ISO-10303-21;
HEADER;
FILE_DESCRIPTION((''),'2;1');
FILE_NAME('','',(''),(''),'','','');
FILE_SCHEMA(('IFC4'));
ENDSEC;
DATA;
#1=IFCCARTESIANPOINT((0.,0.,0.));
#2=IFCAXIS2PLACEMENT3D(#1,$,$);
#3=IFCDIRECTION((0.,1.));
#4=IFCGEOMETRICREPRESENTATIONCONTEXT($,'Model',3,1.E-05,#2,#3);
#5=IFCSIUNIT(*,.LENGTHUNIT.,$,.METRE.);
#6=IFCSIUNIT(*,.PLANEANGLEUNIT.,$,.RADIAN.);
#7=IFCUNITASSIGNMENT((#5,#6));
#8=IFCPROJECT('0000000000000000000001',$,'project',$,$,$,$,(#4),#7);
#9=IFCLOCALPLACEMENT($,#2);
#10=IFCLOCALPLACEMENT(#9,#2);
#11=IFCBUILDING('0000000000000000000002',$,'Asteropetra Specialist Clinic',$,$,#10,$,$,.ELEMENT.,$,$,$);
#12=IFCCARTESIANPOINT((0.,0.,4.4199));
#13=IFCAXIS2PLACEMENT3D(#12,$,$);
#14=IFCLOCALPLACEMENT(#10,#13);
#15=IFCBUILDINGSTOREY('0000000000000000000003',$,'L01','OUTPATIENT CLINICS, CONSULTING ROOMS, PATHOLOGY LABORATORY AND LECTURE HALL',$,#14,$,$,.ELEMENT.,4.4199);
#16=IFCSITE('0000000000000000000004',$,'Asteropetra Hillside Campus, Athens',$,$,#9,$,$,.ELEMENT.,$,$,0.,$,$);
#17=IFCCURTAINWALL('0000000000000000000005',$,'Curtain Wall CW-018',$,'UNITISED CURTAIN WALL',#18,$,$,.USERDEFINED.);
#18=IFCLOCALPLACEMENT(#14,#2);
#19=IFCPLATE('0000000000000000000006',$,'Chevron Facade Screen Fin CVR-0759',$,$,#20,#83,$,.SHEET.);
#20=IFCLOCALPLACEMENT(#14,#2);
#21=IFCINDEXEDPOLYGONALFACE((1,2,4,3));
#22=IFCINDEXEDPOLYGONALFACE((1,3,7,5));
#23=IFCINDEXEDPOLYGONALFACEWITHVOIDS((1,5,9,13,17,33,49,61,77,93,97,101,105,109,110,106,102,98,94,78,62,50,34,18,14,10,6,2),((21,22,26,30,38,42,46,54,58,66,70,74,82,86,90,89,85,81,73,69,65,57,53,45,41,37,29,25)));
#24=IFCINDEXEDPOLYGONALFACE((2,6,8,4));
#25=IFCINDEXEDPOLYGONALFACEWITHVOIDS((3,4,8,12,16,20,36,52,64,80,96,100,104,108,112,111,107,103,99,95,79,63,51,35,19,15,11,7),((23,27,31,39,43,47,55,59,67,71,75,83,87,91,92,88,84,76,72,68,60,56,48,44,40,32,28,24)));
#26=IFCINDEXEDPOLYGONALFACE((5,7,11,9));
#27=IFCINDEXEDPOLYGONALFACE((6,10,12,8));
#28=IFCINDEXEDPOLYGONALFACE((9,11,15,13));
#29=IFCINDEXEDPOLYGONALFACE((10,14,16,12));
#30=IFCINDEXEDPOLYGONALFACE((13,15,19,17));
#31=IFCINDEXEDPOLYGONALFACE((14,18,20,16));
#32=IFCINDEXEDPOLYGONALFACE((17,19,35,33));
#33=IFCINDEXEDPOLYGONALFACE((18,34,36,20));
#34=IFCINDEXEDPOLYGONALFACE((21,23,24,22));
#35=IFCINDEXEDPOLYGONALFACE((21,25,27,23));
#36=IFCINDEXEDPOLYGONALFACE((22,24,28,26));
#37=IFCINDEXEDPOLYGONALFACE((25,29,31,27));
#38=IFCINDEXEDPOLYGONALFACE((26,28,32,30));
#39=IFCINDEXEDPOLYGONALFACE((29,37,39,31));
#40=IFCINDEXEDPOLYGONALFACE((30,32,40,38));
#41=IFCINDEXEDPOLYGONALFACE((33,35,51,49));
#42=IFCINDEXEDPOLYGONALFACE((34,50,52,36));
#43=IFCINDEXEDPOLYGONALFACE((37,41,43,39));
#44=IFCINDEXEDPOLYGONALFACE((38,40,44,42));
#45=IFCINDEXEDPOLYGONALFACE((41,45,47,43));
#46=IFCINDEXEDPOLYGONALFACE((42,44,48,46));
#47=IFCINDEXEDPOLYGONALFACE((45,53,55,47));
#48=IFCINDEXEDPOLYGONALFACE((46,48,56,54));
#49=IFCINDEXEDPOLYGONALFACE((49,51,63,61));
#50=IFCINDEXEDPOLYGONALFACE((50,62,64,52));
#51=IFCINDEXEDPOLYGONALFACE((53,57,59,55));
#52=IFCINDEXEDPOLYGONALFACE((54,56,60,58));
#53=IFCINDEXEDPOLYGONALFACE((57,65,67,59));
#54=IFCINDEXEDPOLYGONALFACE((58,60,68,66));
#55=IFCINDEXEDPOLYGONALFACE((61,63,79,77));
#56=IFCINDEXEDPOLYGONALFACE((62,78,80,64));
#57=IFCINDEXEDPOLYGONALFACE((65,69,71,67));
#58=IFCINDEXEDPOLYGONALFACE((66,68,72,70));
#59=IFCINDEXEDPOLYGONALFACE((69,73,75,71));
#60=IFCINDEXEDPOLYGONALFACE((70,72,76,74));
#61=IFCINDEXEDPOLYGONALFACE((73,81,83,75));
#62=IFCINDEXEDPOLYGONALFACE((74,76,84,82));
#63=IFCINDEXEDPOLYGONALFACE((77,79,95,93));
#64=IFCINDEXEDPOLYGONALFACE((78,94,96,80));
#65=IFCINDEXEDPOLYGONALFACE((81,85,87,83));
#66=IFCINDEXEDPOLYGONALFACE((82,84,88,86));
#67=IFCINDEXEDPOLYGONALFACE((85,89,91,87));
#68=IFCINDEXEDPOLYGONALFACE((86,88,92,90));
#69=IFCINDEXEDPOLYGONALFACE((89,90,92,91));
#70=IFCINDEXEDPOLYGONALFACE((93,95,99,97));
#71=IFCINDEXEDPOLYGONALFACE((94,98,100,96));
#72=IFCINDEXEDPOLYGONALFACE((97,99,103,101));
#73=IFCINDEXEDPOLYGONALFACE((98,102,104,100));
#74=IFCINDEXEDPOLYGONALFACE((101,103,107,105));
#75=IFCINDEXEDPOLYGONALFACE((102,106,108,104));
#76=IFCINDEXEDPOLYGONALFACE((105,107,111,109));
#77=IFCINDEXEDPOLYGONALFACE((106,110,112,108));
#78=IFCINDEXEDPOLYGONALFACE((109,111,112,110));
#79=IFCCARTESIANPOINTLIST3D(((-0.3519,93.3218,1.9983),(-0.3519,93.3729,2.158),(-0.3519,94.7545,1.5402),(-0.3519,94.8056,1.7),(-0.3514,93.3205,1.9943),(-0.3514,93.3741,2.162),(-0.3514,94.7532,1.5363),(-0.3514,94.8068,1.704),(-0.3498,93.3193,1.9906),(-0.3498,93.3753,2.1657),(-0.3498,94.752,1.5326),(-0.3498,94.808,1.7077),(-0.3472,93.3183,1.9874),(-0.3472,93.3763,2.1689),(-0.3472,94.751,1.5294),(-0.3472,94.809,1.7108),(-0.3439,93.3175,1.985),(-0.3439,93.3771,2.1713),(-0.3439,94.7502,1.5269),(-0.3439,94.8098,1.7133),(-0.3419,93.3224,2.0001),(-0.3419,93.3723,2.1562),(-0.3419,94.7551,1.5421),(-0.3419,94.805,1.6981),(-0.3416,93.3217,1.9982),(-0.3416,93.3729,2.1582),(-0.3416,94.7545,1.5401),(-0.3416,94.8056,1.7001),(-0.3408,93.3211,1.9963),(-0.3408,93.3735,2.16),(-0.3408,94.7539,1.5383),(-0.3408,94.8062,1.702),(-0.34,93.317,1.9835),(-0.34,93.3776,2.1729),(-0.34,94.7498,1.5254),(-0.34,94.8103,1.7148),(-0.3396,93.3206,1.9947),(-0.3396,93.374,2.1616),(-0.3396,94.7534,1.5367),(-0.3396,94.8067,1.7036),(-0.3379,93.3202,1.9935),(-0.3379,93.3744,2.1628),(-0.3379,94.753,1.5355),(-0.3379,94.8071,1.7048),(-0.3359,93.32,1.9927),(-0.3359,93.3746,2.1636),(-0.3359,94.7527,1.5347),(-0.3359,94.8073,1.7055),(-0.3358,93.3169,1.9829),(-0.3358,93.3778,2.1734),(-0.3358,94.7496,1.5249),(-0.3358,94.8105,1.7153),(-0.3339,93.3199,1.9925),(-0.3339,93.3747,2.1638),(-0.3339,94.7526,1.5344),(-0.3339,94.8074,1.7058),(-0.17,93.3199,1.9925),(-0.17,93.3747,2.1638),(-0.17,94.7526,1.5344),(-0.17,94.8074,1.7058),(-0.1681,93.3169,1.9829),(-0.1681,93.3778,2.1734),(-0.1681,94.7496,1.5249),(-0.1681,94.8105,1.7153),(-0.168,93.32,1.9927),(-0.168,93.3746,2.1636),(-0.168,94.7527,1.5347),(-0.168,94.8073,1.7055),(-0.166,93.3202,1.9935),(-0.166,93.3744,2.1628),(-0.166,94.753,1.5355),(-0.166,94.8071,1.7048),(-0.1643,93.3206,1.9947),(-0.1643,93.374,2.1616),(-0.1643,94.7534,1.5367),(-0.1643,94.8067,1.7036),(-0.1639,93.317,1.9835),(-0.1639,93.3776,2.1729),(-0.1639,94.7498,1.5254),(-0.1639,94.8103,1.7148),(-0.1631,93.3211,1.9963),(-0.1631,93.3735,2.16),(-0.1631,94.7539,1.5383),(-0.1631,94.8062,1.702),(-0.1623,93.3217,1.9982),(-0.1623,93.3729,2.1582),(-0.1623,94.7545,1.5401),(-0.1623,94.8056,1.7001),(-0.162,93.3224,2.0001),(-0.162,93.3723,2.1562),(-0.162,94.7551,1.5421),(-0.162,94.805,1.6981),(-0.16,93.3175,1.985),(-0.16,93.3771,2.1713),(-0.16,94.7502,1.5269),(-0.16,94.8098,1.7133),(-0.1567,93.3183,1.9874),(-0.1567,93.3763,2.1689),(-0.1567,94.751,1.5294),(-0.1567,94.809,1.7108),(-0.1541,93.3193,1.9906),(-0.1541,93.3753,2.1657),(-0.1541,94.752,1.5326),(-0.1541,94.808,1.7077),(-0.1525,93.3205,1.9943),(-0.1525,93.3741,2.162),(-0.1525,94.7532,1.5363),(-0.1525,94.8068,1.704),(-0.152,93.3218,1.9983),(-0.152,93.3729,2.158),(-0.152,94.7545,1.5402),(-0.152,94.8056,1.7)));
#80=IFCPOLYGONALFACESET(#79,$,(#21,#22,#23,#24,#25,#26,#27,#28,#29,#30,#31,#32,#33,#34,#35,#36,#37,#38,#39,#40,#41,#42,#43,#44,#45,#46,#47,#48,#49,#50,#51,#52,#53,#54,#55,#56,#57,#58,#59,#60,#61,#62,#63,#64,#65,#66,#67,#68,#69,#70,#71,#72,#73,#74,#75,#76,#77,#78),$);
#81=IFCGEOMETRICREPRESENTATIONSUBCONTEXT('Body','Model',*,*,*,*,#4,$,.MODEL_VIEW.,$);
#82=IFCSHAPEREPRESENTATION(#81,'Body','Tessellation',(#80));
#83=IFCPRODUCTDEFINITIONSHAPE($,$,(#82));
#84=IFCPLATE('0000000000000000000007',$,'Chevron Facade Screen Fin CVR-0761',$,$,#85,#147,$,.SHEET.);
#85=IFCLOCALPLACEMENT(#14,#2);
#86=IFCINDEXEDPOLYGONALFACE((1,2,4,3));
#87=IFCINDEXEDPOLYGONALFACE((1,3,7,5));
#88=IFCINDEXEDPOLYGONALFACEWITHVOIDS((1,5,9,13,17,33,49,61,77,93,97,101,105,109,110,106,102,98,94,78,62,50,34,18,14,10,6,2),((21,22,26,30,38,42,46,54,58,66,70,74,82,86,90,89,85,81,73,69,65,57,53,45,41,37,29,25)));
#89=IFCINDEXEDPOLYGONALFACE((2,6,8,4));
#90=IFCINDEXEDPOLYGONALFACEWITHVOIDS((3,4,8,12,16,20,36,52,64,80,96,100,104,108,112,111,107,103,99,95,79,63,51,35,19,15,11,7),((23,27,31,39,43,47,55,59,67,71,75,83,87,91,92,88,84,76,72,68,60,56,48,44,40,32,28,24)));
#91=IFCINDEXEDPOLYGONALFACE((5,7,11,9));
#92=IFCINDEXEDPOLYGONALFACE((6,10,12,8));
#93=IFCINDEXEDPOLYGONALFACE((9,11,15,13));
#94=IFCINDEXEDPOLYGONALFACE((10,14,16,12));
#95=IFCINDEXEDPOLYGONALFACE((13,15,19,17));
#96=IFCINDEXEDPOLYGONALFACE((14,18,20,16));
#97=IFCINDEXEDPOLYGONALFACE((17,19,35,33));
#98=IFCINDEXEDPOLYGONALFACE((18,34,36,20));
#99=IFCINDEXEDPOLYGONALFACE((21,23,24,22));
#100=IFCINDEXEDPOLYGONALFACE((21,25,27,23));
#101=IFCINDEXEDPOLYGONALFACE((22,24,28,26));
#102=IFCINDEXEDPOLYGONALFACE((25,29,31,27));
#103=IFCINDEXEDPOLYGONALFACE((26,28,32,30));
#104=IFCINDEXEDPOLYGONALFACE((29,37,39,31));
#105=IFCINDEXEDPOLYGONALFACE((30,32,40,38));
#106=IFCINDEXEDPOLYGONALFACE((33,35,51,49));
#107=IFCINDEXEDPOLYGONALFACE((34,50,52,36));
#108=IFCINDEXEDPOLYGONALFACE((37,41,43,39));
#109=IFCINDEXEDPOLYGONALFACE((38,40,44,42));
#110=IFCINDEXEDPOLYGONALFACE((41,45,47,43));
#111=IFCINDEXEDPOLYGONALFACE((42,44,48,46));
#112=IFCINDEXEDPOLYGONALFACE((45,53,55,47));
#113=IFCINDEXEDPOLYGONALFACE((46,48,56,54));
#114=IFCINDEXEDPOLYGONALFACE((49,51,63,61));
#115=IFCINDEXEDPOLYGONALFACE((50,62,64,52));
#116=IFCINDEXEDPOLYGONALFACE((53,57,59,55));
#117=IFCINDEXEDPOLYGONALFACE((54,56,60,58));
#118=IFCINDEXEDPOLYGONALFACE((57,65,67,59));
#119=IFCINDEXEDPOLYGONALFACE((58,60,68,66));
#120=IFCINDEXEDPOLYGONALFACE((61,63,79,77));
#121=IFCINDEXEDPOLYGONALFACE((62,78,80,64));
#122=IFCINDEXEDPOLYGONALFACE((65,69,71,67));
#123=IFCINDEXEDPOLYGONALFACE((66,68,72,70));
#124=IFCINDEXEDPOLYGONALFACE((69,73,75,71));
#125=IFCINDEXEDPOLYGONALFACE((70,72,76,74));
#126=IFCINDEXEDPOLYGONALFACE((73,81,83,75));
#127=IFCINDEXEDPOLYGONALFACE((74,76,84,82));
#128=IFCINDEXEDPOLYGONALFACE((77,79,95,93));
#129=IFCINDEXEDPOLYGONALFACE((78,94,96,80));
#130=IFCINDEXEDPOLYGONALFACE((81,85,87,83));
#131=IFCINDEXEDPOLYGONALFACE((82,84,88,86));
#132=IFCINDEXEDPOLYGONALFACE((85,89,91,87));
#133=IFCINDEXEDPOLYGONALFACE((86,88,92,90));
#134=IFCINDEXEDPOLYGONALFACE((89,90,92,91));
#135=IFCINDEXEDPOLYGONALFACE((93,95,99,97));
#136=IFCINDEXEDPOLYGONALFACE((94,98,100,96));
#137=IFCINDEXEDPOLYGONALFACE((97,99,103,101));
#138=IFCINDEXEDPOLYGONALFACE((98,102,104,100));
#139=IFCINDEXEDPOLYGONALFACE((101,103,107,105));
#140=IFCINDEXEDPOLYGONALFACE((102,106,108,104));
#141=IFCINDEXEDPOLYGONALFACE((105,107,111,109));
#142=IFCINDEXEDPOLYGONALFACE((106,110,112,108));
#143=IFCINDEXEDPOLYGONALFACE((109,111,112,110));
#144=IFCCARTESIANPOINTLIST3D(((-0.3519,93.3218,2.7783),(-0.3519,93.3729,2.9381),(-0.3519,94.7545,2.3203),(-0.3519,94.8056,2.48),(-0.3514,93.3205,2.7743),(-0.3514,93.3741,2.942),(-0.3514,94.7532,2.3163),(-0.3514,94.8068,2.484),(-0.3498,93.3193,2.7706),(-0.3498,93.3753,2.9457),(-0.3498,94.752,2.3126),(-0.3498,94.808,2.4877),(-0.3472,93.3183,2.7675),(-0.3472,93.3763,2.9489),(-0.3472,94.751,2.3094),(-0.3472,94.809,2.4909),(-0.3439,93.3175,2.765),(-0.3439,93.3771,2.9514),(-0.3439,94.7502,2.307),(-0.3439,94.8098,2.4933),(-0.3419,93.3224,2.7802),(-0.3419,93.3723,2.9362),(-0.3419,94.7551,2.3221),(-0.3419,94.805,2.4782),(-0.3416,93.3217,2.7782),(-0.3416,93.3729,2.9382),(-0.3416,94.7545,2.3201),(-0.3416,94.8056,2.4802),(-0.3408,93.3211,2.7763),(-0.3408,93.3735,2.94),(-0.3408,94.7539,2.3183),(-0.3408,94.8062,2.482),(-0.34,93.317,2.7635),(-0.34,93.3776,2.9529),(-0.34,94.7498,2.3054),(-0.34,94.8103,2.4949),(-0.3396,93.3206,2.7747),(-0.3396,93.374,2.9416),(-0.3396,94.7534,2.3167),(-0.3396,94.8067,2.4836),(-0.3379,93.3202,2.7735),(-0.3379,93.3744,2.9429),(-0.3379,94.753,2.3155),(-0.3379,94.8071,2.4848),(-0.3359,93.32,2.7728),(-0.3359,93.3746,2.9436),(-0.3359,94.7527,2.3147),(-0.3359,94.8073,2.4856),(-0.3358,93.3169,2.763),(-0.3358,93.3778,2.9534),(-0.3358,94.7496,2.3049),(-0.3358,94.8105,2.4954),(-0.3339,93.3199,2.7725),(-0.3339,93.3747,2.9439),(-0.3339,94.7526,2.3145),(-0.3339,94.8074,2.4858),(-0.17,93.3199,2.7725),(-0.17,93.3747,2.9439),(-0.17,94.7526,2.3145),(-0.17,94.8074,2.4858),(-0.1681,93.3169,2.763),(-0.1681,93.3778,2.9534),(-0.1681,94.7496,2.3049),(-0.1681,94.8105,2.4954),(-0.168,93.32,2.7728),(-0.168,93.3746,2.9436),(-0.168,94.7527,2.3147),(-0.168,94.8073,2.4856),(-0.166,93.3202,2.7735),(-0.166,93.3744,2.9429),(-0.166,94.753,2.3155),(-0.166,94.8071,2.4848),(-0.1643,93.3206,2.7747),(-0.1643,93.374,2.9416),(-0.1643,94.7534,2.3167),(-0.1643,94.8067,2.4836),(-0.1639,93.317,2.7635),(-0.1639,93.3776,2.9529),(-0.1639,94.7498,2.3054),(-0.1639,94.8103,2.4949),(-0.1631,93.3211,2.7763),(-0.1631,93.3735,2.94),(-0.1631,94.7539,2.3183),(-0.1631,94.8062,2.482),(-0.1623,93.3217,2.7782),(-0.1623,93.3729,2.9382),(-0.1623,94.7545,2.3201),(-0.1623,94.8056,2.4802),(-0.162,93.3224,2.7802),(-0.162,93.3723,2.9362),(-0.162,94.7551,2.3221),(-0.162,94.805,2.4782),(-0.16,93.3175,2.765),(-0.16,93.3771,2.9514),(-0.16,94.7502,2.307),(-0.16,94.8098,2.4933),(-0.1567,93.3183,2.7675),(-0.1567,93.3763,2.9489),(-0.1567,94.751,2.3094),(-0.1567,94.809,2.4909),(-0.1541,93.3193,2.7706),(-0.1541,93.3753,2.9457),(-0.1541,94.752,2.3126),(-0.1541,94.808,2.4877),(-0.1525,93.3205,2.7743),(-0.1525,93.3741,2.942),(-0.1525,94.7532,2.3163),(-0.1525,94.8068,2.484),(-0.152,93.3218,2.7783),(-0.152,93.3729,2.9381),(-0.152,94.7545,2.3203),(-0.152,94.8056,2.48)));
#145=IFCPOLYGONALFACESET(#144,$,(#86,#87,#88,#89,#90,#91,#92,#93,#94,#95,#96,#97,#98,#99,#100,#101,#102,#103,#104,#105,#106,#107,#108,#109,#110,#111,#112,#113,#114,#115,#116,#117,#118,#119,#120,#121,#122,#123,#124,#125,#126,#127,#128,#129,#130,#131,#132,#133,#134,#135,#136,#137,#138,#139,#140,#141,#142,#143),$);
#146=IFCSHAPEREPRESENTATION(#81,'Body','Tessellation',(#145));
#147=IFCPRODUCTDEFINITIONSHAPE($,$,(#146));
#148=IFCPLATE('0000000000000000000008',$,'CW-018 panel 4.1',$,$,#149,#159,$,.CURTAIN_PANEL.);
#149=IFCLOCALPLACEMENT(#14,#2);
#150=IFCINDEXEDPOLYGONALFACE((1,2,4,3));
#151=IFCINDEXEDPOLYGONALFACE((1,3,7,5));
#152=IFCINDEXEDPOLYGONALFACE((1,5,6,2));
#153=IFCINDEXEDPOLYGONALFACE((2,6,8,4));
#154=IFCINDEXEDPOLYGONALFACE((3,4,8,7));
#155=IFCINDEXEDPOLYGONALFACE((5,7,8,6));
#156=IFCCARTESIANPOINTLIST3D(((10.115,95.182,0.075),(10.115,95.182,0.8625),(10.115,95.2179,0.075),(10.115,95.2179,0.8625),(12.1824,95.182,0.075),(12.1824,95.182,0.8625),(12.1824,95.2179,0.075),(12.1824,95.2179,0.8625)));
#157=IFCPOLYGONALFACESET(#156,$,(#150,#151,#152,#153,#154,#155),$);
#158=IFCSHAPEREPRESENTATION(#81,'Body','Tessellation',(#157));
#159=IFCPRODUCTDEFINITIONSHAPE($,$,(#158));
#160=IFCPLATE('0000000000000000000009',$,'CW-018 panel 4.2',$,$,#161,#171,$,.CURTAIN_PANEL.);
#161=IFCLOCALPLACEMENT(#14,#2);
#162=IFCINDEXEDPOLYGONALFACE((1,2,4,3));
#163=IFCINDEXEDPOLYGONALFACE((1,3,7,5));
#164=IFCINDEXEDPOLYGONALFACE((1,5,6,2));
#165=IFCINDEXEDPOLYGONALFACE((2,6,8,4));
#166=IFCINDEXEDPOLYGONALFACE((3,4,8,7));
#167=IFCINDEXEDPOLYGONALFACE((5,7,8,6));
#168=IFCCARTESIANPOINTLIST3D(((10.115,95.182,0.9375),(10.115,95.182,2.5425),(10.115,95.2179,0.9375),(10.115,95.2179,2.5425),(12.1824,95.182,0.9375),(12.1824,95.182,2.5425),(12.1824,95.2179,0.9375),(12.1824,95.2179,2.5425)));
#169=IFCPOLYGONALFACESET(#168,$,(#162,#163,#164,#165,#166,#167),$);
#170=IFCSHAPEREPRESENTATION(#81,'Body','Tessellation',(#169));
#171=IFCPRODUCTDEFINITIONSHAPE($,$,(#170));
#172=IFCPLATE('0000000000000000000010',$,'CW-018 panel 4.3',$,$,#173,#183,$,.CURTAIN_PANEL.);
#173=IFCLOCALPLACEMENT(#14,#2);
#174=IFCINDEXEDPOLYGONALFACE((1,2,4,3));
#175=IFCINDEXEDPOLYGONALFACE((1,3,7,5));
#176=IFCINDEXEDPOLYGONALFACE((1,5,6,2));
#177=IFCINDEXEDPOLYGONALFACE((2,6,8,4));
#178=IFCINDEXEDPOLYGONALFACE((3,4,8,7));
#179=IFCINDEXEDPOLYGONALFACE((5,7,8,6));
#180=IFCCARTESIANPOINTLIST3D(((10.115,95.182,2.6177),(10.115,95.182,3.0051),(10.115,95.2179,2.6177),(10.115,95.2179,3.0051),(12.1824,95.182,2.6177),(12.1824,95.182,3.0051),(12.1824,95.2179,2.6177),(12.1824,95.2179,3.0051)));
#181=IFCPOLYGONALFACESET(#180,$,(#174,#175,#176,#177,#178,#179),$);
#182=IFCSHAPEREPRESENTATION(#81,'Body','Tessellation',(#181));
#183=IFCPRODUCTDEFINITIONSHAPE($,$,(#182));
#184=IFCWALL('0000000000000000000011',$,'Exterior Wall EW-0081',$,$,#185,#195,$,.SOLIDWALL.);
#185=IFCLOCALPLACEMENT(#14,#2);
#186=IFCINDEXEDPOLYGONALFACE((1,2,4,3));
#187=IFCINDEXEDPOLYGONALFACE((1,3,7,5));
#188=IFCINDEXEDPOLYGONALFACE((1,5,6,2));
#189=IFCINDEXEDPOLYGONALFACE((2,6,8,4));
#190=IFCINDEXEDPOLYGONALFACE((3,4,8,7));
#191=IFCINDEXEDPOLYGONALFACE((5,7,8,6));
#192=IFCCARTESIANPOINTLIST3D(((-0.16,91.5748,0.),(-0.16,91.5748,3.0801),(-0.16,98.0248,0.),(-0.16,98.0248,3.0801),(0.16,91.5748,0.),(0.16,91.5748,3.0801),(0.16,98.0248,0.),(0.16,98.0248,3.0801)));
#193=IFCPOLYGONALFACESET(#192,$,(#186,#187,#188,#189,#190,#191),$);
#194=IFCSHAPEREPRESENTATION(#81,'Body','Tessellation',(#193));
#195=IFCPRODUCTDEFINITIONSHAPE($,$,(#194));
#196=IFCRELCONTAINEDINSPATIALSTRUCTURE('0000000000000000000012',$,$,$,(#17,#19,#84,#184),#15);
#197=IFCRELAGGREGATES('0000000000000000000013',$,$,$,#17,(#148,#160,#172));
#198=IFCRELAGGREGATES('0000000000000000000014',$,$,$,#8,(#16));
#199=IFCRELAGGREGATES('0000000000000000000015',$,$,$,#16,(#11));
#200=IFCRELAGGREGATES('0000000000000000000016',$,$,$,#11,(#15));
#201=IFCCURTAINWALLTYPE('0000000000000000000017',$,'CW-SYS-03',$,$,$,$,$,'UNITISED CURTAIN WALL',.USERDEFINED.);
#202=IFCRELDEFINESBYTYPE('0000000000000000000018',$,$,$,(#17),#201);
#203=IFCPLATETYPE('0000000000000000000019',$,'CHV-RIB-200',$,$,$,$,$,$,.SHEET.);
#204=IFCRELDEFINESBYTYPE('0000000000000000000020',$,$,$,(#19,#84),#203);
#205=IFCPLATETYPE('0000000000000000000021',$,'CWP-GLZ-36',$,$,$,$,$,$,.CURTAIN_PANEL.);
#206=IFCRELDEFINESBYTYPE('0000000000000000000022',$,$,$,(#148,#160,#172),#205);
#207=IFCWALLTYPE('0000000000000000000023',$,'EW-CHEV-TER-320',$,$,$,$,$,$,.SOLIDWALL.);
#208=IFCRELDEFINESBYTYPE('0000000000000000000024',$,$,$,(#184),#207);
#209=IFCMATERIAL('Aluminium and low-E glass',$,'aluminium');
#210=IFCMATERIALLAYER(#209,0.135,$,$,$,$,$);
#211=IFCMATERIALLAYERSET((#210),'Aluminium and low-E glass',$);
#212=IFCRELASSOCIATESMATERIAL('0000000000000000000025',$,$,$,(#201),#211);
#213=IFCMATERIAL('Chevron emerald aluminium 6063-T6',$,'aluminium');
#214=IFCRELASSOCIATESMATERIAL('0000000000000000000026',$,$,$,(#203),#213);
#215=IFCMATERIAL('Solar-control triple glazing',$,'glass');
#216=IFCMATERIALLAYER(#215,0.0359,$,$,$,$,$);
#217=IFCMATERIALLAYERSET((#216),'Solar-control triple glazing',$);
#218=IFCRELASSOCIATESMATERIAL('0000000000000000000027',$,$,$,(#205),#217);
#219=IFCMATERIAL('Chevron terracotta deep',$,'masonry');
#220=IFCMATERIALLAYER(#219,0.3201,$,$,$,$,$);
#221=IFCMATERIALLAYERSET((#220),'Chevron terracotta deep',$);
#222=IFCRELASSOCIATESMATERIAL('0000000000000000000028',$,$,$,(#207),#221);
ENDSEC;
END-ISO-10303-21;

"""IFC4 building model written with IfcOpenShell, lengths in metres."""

from ifc_helpers import new_model, si_unit, direction, frame, frame_2d, origin, origin_2d, place, context, subcontext, project, spatial, rectangle, hollow_rectangle, extrude, material, layer, layer_set, material_profile, profile_set, type_object, element, aggregate, save


model = new_model("IFC4")

# Units and contexts
model_context = context("Model", 3, precision=1e-05, world=origin(), true_north=direction((0.0, 1.0)))
body_context = subcontext(model_context, "Body", "Model", "MODEL_VIEW")
ifc_project = project(units=[si_unit("LENGTHUNIT", "METRE"), si_unit("PLANEANGLEUNIT", "RADIAN")], contexts=[model_context])

# Site, building, storey
site_placement = place(None, origin())
site = spatial("IfcSite", under=ifc_project, at=site_placement, Name="Asteropetra Hillside Campus, Athens", CompositionType="ELEMENT", RefElevation=0.0)
building_placement = place(site_placement, origin())
building = spatial("IfcBuilding", under=site, at=building_placement, Name="Asteropetra Specialist Clinic", CompositionType="ELEMENT")
storey_placement = place(building_placement, frame((0.0, 0.0, 4.4199)))
storey = spatial("IfcBuildingStorey", under=building, at=storey_placement, Name="L01", Description="OUTPATIENT CLINICS, CONSULTING ROOMS, PATHOLOGY LABORATORY AND LECTURE HALL", CompositionType="ELEMENT", Elevation=4.4199)

# Curtain wall
ifc_material_1 = material(Name="Aluminium and low-E glass", Category="aluminium")
ifc_layer_1 = layer(ifc_material_1, 0.135)
ifc_layer_set_1 = layer_set([ifc_layer_1], Name="Aluminium and low-E glass")
curtain_wall_type = type_object("IfcCurtainWallType", Name="CW-SYS-03", ElementType="UNITISED CURTAIN WALL", PredefinedType="USERDEFINED", material=ifc_layer_set_1)
curtain_wall_placement = place(storey_placement, origin())
curtain_wall = element("IfcCurtainWall", 1, at=curtain_wall_placement, inside=storey, type_object=curtain_wall_type, Name="Curtain Wall CW-018", ObjectType="UNITISED CURTAIN WALL", PredefinedType="USERDEFINED")

# Plates
ifc_material_2 = material(Name="Chevron emerald aluminium 6063-T6", Category="aluminium")
ifc_material_profile_1 = material_profile(ifc_material_2, hollow_rectangle(XDim=0.2, YDim=0.2, WallThickness=0.01, InnerFilletRadius=0.0081, OuterFilletRadius=0.0161, at=origin_2d()), Name="SHS 200x200x10.0")
ifc_profile_set_1 = profile_set([ifc_material_profile_1], Name="Chevron emerald aluminium 6063-T6")
plate_type_1 = type_object("IfcPlateType", Name="CHV-RIB-200", PredefinedType="SHEET", material=ifc_profile_set_1)
for number, where, z_axis, x_axis, name in (
    (2, (-0.252, 94.78, 1.6201), (0.0, -0.952507, 0.304517), (1.0, 0.0, 0.0), "Chevron Facade Screen Fin CVR-0759"),
    (3, (-0.252, 94.78, 2.4001), (0.0, -0.952507, 0.304517), (1.0, 0.0, 0.0), "Chevron Facade Screen Fin CVR-0761"),
):
    element("IfcPlate", number, at=place(storey_placement, frame(where, z_axis=z_axis, x_axis=x_axis)), inside=storey, type_object=plate_type_1, Name=name, PredefinedType="SHEET", context=body_context, shape_type="SweptSolid", body=[
        extrude(hollow_rectangle(XDim=0.2, YDim=0.2, WallThickness=0.01, InnerFilletRadius=0.0081, OuterFilletRadius=0.0161, at=origin_2d()), origin(), (0.0, 0.0, 1.0), 1.5042),
    ])

# Plates
ifc_material_3 = material(Name="Solar-control triple glazing", Category="glass")
ifc_layer_2 = layer(ifc_material_3, 0.0359)
ifc_layer_set_2 = layer_set([ifc_layer_2], Name="Solar-control triple glazing")
plate_type_2 = type_object("IfcPlateType", Name="CWP-GLZ-36", PredefinedType="CURTAIN_PANEL", material=ifc_layer_set_2)
plate_1_placement = place(storey_placement, frame((11.1487, 95.2, 0.075), z_axis=(0.0, 0.0, 1.0), x_axis=(-1.0, 0.0, 0.0)))
plate_1 = element("IfcPlate", 4, at=plate_1_placement, type_object=plate_type_2, Name="CW-018 panel 4.1", PredefinedType="CURTAIN_PANEL", context=body_context, shape_type="SweptSolid", body=[
    extrude(rectangle(XDim=2.0674, YDim=0.0359, at=origin_2d()), origin(), (0.0, 0.0, 1.0), 0.7876),
])
plate_2_placement = place(storey_placement, frame((11.1487, 95.2, 0.9375), z_axis=(0.0, 0.0, 1.0), x_axis=(-1.0, 0.0, 0.0)))
plate_2 = element("IfcPlate", 5, at=plate_2_placement, type_object=plate_type_2, Name="CW-018 panel 4.2", PredefinedType="CURTAIN_PANEL", context=body_context, shape_type="SweptSolid", body=[
    extrude(rectangle(XDim=2.0674, YDim=0.0359, at=origin_2d()), origin(), (0.0, 0.0, 1.0), 1.605),
])
plate_3_placement = place(storey_placement, frame((11.1487, 95.2, 2.6177), z_axis=(0.0, 0.0, 1.0), x_axis=(-1.0, 0.0, 0.0)))
plate_3 = element("IfcPlate", 6, at=plate_3_placement, type_object=plate_type_2, Name="CW-018 panel 4.3", PredefinedType="CURTAIN_PANEL", context=body_context, shape_type="SweptSolid", body=[
    extrude(rectangle(XDim=2.0674, YDim=0.0359, at=origin_2d()), origin(), (0.0, 0.0, 1.0), 0.3875),
])
aggregate(curtain_wall, [plate_1, plate_2, plate_3])

# Wall
ifc_material_4 = material(Name="Chevron terracotta deep", Category="masonry")
ifc_layer_3 = layer(ifc_material_4, 0.3201)
ifc_layer_set_3 = layer_set([ifc_layer_3], Name="Chevron terracotta deep")
wall_type_1 = type_object("IfcWallType", Name="EW-CHEV-TER-320", PredefinedType="SOLIDWALL", material=ifc_layer_set_3)
wall_1_placement = place(storey_placement, frame((0.0, 98.0249, 0.0), z_axis=(0.0, 0.0, 1.0), x_axis=(0.0, -1.0, 0.0)))
element("IfcWall", 7, at=wall_1_placement, inside=storey, type_object=wall_type_1, Name="Exterior Wall EW-0081", PredefinedType="SOLIDWALL", context=body_context, shape_type="SweptSolid", body=[
    extrude(rectangle(XDim=6.45, YDim=0.3201, at=frame_2d((3.2251, 0.0))), origin(), (0.0, 0.0, 1.0), 3.0801),
])

save(model, "model.ifc")
